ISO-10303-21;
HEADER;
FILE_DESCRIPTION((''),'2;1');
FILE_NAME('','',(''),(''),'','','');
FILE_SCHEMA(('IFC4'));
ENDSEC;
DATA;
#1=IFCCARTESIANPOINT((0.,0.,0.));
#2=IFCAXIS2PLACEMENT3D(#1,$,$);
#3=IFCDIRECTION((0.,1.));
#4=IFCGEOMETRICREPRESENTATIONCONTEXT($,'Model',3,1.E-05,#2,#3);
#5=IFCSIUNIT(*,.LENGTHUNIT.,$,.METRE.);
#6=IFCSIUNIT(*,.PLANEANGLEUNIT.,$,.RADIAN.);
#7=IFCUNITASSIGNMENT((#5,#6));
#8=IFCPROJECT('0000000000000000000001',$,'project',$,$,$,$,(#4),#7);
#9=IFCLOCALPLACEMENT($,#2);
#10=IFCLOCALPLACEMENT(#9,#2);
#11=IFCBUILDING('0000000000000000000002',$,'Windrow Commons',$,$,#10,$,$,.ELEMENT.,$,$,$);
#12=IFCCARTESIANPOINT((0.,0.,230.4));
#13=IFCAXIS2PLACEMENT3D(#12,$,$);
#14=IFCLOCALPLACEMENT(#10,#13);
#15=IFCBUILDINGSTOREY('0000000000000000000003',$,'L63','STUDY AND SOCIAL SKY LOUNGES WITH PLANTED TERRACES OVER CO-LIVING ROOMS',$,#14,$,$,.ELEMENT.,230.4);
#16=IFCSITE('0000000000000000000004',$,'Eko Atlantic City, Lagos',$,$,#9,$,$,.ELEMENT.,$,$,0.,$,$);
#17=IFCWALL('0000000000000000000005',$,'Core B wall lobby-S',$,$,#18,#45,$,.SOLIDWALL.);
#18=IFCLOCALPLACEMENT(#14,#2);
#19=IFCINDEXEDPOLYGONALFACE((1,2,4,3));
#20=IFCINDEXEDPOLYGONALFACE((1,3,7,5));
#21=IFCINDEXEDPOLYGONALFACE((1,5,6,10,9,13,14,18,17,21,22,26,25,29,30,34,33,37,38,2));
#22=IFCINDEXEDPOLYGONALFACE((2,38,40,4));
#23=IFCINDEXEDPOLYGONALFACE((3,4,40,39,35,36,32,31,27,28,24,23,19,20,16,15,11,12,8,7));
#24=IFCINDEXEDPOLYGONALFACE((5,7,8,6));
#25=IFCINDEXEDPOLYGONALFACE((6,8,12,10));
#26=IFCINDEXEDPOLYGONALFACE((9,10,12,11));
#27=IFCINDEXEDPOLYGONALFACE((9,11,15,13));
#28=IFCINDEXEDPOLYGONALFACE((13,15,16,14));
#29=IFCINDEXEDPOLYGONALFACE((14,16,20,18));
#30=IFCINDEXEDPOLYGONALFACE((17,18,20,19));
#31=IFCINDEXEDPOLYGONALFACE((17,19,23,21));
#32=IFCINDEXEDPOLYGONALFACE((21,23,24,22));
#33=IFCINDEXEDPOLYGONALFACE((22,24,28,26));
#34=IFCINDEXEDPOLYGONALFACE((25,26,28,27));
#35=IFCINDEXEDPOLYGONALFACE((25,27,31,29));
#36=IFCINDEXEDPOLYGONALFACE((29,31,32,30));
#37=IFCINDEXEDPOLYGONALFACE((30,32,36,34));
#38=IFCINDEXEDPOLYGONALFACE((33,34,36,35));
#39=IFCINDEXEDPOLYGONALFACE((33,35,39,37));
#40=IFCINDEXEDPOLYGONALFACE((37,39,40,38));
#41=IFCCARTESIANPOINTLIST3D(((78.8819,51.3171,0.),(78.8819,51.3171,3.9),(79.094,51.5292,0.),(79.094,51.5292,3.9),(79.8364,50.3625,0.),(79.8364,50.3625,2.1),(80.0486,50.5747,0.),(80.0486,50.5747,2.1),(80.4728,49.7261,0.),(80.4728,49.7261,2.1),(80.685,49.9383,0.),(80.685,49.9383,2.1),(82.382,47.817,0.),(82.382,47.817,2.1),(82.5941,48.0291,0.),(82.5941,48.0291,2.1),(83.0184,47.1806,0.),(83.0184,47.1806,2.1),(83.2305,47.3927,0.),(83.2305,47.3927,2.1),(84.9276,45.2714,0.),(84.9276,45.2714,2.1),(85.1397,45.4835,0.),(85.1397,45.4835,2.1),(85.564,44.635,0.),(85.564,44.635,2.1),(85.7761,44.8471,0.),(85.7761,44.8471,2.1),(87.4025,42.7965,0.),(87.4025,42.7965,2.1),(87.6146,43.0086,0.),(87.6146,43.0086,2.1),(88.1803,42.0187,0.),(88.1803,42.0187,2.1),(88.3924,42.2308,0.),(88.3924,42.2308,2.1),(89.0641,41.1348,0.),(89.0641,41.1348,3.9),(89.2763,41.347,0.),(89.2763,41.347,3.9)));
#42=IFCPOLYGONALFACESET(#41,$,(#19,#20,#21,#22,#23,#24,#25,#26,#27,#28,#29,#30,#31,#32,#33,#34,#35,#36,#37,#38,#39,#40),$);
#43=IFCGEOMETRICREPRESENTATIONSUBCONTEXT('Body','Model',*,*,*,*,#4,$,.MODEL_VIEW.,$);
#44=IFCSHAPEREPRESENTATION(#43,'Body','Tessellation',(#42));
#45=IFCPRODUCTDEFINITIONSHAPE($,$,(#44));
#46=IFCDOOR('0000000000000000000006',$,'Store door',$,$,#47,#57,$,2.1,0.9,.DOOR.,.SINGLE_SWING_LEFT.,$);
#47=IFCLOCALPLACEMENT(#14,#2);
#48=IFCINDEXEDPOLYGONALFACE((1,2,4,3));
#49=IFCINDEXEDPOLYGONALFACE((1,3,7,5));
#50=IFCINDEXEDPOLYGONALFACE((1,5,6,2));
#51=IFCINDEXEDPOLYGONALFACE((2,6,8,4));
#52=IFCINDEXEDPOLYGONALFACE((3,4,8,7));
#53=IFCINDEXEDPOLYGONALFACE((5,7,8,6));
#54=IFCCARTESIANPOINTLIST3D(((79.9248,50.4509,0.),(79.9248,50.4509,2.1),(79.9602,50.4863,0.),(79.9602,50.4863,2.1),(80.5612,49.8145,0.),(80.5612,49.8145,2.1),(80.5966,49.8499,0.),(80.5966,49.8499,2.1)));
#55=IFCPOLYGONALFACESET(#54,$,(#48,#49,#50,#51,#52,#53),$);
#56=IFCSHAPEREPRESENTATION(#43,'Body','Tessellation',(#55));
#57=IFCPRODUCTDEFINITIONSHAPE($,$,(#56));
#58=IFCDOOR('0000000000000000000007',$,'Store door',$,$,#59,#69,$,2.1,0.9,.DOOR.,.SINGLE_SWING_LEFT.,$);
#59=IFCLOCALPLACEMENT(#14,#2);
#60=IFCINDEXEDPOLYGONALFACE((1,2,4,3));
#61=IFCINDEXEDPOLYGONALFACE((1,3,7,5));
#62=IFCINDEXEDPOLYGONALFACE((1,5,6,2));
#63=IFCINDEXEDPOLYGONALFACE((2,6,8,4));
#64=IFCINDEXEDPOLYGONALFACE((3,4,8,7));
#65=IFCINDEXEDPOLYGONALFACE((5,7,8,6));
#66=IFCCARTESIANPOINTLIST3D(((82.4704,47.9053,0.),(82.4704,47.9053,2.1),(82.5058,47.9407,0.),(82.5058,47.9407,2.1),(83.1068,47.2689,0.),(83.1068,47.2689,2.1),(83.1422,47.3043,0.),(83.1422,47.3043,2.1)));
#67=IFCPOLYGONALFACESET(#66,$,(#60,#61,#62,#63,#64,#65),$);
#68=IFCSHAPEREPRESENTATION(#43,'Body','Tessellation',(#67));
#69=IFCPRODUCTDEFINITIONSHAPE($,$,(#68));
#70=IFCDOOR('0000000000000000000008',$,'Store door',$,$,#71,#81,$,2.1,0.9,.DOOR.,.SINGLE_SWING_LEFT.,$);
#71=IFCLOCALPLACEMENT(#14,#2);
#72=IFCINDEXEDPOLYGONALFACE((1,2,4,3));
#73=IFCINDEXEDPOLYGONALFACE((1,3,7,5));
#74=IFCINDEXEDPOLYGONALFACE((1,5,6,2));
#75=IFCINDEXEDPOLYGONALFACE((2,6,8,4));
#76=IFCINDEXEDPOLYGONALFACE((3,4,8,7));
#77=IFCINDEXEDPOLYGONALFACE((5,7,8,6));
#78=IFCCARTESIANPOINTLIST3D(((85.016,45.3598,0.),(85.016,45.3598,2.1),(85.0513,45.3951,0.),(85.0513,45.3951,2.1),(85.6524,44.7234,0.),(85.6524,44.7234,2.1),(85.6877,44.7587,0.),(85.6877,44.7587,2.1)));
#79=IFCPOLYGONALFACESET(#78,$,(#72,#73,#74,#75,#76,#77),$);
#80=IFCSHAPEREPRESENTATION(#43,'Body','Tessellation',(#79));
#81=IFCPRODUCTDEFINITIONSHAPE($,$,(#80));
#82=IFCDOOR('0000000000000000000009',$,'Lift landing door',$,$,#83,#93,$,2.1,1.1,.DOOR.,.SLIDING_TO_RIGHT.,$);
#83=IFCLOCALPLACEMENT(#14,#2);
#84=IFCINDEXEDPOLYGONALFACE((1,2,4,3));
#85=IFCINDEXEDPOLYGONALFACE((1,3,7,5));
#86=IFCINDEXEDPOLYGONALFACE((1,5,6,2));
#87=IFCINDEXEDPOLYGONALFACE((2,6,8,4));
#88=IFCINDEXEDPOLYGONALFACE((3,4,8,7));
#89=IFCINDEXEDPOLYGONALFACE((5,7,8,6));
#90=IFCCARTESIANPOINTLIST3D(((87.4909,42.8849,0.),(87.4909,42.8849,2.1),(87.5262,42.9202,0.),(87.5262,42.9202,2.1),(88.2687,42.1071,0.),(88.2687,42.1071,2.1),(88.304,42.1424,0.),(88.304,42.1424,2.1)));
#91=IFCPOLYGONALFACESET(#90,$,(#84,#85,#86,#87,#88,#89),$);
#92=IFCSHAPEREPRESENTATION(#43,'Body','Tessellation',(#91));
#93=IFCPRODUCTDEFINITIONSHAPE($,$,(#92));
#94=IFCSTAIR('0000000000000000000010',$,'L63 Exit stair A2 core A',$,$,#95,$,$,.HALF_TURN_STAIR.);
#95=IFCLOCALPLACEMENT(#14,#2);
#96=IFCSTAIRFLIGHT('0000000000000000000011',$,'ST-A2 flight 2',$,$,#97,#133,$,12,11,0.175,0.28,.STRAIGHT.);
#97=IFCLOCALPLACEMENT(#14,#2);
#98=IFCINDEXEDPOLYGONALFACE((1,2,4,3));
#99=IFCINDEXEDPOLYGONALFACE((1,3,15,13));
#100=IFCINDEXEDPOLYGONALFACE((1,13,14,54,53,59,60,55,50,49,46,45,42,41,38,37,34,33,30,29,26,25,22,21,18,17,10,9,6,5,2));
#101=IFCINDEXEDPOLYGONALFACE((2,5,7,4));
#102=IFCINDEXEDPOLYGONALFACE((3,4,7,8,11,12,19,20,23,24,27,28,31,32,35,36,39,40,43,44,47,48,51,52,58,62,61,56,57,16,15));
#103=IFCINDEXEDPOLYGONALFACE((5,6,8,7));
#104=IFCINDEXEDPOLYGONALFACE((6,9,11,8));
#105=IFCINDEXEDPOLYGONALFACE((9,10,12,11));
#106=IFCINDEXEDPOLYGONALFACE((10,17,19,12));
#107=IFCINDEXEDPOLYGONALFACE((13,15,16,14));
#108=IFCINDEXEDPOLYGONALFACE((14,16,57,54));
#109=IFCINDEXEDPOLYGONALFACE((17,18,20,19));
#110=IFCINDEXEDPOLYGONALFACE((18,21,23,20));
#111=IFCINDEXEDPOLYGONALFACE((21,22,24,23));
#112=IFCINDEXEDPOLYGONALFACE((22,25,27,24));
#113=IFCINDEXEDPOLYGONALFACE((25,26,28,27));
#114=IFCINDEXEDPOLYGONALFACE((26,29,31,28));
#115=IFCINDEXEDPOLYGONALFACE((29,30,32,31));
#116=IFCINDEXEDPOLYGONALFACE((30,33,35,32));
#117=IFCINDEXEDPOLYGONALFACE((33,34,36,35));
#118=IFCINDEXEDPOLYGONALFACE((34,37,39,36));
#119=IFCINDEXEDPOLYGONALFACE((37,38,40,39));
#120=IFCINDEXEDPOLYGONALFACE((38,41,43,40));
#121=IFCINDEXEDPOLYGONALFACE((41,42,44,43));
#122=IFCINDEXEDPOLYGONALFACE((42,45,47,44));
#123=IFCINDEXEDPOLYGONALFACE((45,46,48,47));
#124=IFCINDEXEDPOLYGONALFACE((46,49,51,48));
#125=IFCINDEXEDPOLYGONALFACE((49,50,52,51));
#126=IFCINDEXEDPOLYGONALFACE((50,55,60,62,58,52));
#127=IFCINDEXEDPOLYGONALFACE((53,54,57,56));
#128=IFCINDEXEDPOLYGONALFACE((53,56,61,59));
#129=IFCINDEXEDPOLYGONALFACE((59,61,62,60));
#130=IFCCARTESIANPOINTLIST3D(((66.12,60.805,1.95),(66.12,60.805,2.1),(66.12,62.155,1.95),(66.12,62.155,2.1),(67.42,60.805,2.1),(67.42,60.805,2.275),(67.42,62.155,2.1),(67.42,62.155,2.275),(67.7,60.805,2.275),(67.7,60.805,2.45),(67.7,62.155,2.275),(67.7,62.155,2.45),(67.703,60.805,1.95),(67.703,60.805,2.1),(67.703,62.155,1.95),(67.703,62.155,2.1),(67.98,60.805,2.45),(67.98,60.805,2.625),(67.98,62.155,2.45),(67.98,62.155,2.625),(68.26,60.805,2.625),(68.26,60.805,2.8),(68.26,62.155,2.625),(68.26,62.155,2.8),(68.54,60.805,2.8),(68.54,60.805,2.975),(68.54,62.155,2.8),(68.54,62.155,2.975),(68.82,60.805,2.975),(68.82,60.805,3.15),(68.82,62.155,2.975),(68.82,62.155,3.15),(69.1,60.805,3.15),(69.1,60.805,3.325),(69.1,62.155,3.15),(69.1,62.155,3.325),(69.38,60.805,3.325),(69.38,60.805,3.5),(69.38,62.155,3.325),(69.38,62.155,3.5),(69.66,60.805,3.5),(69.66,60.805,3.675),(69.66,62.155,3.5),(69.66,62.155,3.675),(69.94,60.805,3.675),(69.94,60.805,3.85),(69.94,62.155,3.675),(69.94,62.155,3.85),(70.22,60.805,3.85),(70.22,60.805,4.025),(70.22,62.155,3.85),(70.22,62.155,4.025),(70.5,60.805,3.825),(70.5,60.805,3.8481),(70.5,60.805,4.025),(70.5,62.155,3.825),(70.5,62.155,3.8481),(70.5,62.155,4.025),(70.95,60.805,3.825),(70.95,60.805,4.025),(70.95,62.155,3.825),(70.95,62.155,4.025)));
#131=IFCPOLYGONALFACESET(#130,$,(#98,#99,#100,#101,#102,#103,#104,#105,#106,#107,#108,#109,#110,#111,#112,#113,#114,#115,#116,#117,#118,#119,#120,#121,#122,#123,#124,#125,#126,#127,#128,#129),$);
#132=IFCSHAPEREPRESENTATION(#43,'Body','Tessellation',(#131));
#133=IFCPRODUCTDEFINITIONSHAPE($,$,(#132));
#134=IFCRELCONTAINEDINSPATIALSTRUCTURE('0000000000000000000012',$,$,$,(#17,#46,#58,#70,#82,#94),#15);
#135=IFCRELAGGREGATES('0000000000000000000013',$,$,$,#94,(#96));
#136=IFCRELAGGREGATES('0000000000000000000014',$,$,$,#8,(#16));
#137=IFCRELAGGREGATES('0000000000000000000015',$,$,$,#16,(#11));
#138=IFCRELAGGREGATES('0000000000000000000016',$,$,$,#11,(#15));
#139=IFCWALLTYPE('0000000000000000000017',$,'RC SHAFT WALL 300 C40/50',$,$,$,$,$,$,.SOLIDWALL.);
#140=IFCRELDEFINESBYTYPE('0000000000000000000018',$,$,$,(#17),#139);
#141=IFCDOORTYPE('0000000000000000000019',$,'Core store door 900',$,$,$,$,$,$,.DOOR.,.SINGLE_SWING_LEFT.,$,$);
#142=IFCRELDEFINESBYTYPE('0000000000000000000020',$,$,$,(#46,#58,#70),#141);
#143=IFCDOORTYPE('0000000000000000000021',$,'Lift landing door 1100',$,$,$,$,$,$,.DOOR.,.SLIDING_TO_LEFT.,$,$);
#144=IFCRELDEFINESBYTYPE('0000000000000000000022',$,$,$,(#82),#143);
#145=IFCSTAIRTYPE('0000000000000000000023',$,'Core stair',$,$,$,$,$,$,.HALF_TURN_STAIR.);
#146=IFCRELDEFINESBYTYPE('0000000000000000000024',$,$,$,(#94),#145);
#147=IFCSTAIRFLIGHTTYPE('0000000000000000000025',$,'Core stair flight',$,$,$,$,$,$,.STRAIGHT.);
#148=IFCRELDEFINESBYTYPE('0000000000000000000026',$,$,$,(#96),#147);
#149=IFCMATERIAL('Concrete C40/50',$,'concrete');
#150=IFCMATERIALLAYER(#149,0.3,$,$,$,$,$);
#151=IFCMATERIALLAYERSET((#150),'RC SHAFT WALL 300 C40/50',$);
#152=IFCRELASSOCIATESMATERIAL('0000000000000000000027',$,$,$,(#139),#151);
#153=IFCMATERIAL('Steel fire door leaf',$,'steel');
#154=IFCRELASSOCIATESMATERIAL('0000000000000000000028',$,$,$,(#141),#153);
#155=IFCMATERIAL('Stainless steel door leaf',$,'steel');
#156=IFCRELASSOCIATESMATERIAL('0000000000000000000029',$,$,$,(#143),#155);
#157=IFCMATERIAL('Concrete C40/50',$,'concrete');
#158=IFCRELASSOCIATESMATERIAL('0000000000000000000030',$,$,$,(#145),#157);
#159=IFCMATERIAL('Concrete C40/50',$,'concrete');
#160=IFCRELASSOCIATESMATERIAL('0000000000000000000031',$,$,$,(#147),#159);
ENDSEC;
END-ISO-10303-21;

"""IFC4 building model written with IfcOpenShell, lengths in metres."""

from ifc_helpers import new_model, si_unit, direction, frame, frame_2d, origin, place, context, subcontext, project, spatial, polyline, rectangle, outline, extrude, material, layer, layer_set, type_object, element, fill, aggregate, save


model = new_model("IFC4")

# Units and contexts
model_context = context("Model", 3, precision=1e-05, world=origin(), true_north=direction((0.0, 1.0)))
body_context = subcontext(model_context, "Body", "Model", "MODEL_VIEW")
ifc_project = project(units=[si_unit("LENGTHUNIT", "METRE"), si_unit("PLANEANGLEUNIT", "RADIAN")], contexts=[model_context])

# Site, building, storey
site_placement = place(None, origin())
site = spatial("IfcSite", under=ifc_project, at=site_placement, Name="Eko Atlantic City, Lagos", CompositionType="ELEMENT", RefElevation=0.0)
building_placement = place(site_placement, origin())
building = spatial("IfcBuilding", under=site, at=building_placement, Name="Windrow Commons", CompositionType="ELEMENT")
storey_placement = place(building_placement, frame((0.0, 0.0, 230.4)))
storey = spatial("IfcBuildingStorey", under=building, at=storey_placement, Name="L63", Description="STUDY AND SOCIAL SKY LOUNGES WITH PLANTED TERRACES OVER CO-LIVING ROOMS", CompositionType="ELEMENT", Elevation=230.4)

# Shared definitions
ifc_material_1 = material(Name="Concrete C40/50", Category="concrete")
ifc_layer_1 = layer(ifc_material_1, 0.3)
ifc_layer_set_1 = layer_set([ifc_layer_1], Name="RC SHAFT WALL 300 C40/50")
wall_type_1 = type_object("IfcWallType", Name="RC SHAFT WALL 300 C40/50", PredefinedType="SOLIDWALL", material=ifc_layer_set_1)

# Wall, openings, doors
wall_1_placement = place(storey_placement, frame((78.9879, 51.4232, 0.0), z_axis=(0.0, 0.0, 1.0), x_axis=(0.707107, -0.707107, 0.0)))
wall_1 = element("IfcWall", 1, at=wall_1_placement, inside=storey, type_object=wall_type_1, Name="Core B wall lobby-S", PredefinedType="SOLIDWALL", context=body_context, shape_type="SweptSolid", body=[
    extrude(rectangle(XDim=14.3999, YDim=0.3, at=frame_2d((7.2, 0.0))), origin(), (0.0, 0.0, 1.0), 3.9),
])
opening_1_placement = place(wall_1_placement, frame((1.35, 0.0, 0.0)))
opening_1 = element("IfcOpeningElement", 2, at=opening_1_placement, cuts=wall_1, PredefinedType="OPENING", context=body_context, shape_type="SweptSolid", body=[
    extrude(rectangle(XDim=0.9, YDim=2.1, at=frame_2d((0.45, 1.05))), frame((0.0, 0.16, 0.0), z_axis=(0.0, -1.0, 0.0), x_axis=(1.0, 0.0, 0.0)), (0.0, 0.0, 1.0), 0.32),
])
opening_2_placement = place(wall_1_placement, frame((4.95, 0.0, 0.0)))
opening_2 = element("IfcOpeningElement", 3, at=opening_2_placement, cuts=wall_1, PredefinedType="OPENING", context=body_context, shape_type="SweptSolid", body=[
    extrude(rectangle(XDim=0.9, YDim=2.1, at=frame_2d((0.45, 1.05))), frame((0.0, 0.16, 0.0), z_axis=(0.0, -1.0, 0.0), x_axis=(1.0, 0.0, 0.0)), (0.0, 0.0, 1.0), 0.32),
])
opening_3_placement = place(wall_1_placement, frame((8.55, 0.0, 0.0)))
opening_3 = element("IfcOpeningElement", 4, at=opening_3_placement, cuts=wall_1, PredefinedType="OPENING", context=body_context, shape_type="SweptSolid", body=[
    extrude(rectangle(XDim=0.9, YDim=2.1, at=frame_2d((0.45, 1.05))), frame((0.0, 0.16, 0.0), z_axis=(0.0, -1.0, 0.0), x_axis=(1.0, 0.0, 0.0)), (0.0, 0.0, 1.0), 0.32),
])
opening_4_placement = place(wall_1_placement, frame((12.05, 0.0, 0.0)))
opening_4 = element("IfcOpeningElement", 5, at=opening_4_placement, cuts=wall_1, PredefinedType="OPENING", context=body_context, shape_type="SweptSolid", body=[
    extrude(rectangle(XDim=1.1, YDim=2.1, at=frame_2d((0.55, 1.05))), frame((0.0, 0.16, 0.0), z_axis=(0.0, -1.0, 0.0), x_axis=(1.0, 0.0, 0.0)), (0.0, 0.0, 1.0), 0.32),
])
ifc_material_2 = material(Name="Steel fire door leaf", Category="steel")
door_type_1 = type_object("IfcDoorType", Name="Core store door 900", OperationType="SINGLE_SWING_LEFT", PredefinedType="DOOR", material=ifc_material_2)
door_1_placement = place(opening_1_placement, origin())
door_1 = element("IfcDoor", 6, at=door_1_placement, inside=storey, type_object=door_type_1, Name="Store door", OperationType="SINGLE_SWING_LEFT", OverallHeight=2.1, OverallWidth=0.9, PredefinedType="DOOR", context=body_context, shape_type="SweptSolid", body=[
    extrude(rectangle(XDim=0.9, YDim=2.1, at=frame_2d((0.45, 1.05))), frame((0.0, 0.025, 0.0), z_axis=(0.0, -1.0, 0.0), x_axis=(1.0, 0.0, 0.0)), (0.0, 0.0, 1.0), 0.05),
])
fill(opening_1, door_1)
door_2_placement = place(opening_2_placement, origin())
door_2 = element("IfcDoor", 7, at=door_2_placement, inside=storey, type_object=door_type_1, Name="Store door", OperationType="SINGLE_SWING_LEFT", OverallHeight=2.1, OverallWidth=0.9, PredefinedType="DOOR", context=body_context, shape_type="SweptSolid", body=[
    extrude(rectangle(XDim=0.9, YDim=2.1, at=frame_2d((0.45, 1.05))), frame((0.0, 0.025, 0.0), z_axis=(0.0, -1.0, 0.0), x_axis=(1.0, 0.0, 0.0)), (0.0, 0.0, 1.0), 0.05),
])
fill(opening_2, door_2)
door_3_placement = place(opening_3_placement, origin())
door_3 = element("IfcDoor", 8, at=door_3_placement, inside=storey, type_object=door_type_1, Name="Store door", OperationType="SINGLE_SWING_LEFT", OverallHeight=2.1, OverallWidth=0.9, PredefinedType="DOOR", context=body_context, shape_type="SweptSolid", body=[
    extrude(rectangle(XDim=0.9, YDim=2.1, at=frame_2d((0.45, 1.05))), frame((0.0, 0.025, 0.0), z_axis=(0.0, -1.0, 0.0), x_axis=(1.0, 0.0, 0.0)), (0.0, 0.0, 1.0), 0.05),
])
fill(opening_3, door_3)
ifc_material_3 = material(Name="Stainless steel door leaf", Category="steel")
door_type_2 = type_object("IfcDoorType", Name="Lift landing door 1100", OperationType="SLIDING_TO_LEFT", PredefinedType="DOOR", material=ifc_material_3)
door_4_placement = place(opening_4_placement, origin())
door_4 = element("IfcDoor", 9, at=door_4_placement, inside=storey, type_object=door_type_2, Name="Lift landing door", OperationType="SLIDING_TO_RIGHT", OverallHeight=2.1, OverallWidth=1.1, PredefinedType="DOOR", context=body_context, shape_type="SweptSolid", body=[
    extrude(rectangle(XDim=1.1, YDim=2.1, at=frame_2d((0.55, 1.05))), frame((0.0, 0.025, 0.0), z_axis=(0.0, -1.0, 0.0), x_axis=(1.0, 0.0, 0.0)), (0.0, 0.0, 1.0), 0.05),
])
fill(opening_4, door_4)

# Stair, stair flight
ifc_material_4 = material(Name="Concrete C40/50", Category="concrete")
stair_type = type_object("IfcStairType", Name="Core stair", PredefinedType="HALF_TURN_STAIR", material=ifc_material_4)
stair_placement = place(storey_placement, origin())
stair = element("IfcStair", 10, at=stair_placement, inside=storey, type_object=stair_type, Name="L63 Exit stair A2 core A", PredefinedType="HALF_TURN_STAIR")
ifc_material_5 = material(Name="Concrete C40/50", Category="concrete")
stair_flight_type = type_object("IfcStairFlightType", Name="Core stair flight", PredefinedType="STRAIGHT", material=ifc_material_5)
stair_flight_placement = place(storey_placement, frame((67.42, 61.48, 2.1), z_axis=(0.0, 0.0, 1.0), x_axis=(1.0, 0.0, 0.0)))
stair_flight = element("IfcStairFlight", 11, at=stair_flight_placement, type_object=stair_flight_type, Name="ST-A2 flight 2", NumberOfRisers=12, NumberOfTreads=11, PredefinedType="STRAIGHT", RiserHeight=0.175, TreadLength=0.28, context=body_context, shape_type="SweptSolid", body=[
    extrude(outline(polyline([(-1.3, -0.15), (-1.3, 0.0), (0.0, 0.0), (0.0, 0.175), (0.28, 0.175), (0.28, 0.35), (0.56, 0.35), (0.56, 0.525), (0.84, 0.525), (0.84, 0.7), (1.12, 0.7), (1.12, 0.875), (1.4, 0.875), (1.4, 1.05), (1.68, 1.05), (1.68, 1.225), (1.96, 1.225), (1.96, 1.4), (2.24, 1.4), (2.24, 1.575), (2.52, 1.575), (2.52, 1.75), (2.8, 1.75), (2.8, 1.925), (3.08, 1.925), (3.53, 1.925), (3.53, 1.725), (3.08, 1.725), (3.08, 1.7481), (0.283, 0.0), (0.283, -0.15), (-1.3, -0.15)])), frame((0.0, 0.675, 0.0), z_axis=(0.0, -1.0, 0.0), x_axis=(1.0, 0.0, 0.0)), (0.0, 0.0, 1.0), 1.35),
])
aggregate(stair, [stair_flight])

save(model, "model.ifc")
